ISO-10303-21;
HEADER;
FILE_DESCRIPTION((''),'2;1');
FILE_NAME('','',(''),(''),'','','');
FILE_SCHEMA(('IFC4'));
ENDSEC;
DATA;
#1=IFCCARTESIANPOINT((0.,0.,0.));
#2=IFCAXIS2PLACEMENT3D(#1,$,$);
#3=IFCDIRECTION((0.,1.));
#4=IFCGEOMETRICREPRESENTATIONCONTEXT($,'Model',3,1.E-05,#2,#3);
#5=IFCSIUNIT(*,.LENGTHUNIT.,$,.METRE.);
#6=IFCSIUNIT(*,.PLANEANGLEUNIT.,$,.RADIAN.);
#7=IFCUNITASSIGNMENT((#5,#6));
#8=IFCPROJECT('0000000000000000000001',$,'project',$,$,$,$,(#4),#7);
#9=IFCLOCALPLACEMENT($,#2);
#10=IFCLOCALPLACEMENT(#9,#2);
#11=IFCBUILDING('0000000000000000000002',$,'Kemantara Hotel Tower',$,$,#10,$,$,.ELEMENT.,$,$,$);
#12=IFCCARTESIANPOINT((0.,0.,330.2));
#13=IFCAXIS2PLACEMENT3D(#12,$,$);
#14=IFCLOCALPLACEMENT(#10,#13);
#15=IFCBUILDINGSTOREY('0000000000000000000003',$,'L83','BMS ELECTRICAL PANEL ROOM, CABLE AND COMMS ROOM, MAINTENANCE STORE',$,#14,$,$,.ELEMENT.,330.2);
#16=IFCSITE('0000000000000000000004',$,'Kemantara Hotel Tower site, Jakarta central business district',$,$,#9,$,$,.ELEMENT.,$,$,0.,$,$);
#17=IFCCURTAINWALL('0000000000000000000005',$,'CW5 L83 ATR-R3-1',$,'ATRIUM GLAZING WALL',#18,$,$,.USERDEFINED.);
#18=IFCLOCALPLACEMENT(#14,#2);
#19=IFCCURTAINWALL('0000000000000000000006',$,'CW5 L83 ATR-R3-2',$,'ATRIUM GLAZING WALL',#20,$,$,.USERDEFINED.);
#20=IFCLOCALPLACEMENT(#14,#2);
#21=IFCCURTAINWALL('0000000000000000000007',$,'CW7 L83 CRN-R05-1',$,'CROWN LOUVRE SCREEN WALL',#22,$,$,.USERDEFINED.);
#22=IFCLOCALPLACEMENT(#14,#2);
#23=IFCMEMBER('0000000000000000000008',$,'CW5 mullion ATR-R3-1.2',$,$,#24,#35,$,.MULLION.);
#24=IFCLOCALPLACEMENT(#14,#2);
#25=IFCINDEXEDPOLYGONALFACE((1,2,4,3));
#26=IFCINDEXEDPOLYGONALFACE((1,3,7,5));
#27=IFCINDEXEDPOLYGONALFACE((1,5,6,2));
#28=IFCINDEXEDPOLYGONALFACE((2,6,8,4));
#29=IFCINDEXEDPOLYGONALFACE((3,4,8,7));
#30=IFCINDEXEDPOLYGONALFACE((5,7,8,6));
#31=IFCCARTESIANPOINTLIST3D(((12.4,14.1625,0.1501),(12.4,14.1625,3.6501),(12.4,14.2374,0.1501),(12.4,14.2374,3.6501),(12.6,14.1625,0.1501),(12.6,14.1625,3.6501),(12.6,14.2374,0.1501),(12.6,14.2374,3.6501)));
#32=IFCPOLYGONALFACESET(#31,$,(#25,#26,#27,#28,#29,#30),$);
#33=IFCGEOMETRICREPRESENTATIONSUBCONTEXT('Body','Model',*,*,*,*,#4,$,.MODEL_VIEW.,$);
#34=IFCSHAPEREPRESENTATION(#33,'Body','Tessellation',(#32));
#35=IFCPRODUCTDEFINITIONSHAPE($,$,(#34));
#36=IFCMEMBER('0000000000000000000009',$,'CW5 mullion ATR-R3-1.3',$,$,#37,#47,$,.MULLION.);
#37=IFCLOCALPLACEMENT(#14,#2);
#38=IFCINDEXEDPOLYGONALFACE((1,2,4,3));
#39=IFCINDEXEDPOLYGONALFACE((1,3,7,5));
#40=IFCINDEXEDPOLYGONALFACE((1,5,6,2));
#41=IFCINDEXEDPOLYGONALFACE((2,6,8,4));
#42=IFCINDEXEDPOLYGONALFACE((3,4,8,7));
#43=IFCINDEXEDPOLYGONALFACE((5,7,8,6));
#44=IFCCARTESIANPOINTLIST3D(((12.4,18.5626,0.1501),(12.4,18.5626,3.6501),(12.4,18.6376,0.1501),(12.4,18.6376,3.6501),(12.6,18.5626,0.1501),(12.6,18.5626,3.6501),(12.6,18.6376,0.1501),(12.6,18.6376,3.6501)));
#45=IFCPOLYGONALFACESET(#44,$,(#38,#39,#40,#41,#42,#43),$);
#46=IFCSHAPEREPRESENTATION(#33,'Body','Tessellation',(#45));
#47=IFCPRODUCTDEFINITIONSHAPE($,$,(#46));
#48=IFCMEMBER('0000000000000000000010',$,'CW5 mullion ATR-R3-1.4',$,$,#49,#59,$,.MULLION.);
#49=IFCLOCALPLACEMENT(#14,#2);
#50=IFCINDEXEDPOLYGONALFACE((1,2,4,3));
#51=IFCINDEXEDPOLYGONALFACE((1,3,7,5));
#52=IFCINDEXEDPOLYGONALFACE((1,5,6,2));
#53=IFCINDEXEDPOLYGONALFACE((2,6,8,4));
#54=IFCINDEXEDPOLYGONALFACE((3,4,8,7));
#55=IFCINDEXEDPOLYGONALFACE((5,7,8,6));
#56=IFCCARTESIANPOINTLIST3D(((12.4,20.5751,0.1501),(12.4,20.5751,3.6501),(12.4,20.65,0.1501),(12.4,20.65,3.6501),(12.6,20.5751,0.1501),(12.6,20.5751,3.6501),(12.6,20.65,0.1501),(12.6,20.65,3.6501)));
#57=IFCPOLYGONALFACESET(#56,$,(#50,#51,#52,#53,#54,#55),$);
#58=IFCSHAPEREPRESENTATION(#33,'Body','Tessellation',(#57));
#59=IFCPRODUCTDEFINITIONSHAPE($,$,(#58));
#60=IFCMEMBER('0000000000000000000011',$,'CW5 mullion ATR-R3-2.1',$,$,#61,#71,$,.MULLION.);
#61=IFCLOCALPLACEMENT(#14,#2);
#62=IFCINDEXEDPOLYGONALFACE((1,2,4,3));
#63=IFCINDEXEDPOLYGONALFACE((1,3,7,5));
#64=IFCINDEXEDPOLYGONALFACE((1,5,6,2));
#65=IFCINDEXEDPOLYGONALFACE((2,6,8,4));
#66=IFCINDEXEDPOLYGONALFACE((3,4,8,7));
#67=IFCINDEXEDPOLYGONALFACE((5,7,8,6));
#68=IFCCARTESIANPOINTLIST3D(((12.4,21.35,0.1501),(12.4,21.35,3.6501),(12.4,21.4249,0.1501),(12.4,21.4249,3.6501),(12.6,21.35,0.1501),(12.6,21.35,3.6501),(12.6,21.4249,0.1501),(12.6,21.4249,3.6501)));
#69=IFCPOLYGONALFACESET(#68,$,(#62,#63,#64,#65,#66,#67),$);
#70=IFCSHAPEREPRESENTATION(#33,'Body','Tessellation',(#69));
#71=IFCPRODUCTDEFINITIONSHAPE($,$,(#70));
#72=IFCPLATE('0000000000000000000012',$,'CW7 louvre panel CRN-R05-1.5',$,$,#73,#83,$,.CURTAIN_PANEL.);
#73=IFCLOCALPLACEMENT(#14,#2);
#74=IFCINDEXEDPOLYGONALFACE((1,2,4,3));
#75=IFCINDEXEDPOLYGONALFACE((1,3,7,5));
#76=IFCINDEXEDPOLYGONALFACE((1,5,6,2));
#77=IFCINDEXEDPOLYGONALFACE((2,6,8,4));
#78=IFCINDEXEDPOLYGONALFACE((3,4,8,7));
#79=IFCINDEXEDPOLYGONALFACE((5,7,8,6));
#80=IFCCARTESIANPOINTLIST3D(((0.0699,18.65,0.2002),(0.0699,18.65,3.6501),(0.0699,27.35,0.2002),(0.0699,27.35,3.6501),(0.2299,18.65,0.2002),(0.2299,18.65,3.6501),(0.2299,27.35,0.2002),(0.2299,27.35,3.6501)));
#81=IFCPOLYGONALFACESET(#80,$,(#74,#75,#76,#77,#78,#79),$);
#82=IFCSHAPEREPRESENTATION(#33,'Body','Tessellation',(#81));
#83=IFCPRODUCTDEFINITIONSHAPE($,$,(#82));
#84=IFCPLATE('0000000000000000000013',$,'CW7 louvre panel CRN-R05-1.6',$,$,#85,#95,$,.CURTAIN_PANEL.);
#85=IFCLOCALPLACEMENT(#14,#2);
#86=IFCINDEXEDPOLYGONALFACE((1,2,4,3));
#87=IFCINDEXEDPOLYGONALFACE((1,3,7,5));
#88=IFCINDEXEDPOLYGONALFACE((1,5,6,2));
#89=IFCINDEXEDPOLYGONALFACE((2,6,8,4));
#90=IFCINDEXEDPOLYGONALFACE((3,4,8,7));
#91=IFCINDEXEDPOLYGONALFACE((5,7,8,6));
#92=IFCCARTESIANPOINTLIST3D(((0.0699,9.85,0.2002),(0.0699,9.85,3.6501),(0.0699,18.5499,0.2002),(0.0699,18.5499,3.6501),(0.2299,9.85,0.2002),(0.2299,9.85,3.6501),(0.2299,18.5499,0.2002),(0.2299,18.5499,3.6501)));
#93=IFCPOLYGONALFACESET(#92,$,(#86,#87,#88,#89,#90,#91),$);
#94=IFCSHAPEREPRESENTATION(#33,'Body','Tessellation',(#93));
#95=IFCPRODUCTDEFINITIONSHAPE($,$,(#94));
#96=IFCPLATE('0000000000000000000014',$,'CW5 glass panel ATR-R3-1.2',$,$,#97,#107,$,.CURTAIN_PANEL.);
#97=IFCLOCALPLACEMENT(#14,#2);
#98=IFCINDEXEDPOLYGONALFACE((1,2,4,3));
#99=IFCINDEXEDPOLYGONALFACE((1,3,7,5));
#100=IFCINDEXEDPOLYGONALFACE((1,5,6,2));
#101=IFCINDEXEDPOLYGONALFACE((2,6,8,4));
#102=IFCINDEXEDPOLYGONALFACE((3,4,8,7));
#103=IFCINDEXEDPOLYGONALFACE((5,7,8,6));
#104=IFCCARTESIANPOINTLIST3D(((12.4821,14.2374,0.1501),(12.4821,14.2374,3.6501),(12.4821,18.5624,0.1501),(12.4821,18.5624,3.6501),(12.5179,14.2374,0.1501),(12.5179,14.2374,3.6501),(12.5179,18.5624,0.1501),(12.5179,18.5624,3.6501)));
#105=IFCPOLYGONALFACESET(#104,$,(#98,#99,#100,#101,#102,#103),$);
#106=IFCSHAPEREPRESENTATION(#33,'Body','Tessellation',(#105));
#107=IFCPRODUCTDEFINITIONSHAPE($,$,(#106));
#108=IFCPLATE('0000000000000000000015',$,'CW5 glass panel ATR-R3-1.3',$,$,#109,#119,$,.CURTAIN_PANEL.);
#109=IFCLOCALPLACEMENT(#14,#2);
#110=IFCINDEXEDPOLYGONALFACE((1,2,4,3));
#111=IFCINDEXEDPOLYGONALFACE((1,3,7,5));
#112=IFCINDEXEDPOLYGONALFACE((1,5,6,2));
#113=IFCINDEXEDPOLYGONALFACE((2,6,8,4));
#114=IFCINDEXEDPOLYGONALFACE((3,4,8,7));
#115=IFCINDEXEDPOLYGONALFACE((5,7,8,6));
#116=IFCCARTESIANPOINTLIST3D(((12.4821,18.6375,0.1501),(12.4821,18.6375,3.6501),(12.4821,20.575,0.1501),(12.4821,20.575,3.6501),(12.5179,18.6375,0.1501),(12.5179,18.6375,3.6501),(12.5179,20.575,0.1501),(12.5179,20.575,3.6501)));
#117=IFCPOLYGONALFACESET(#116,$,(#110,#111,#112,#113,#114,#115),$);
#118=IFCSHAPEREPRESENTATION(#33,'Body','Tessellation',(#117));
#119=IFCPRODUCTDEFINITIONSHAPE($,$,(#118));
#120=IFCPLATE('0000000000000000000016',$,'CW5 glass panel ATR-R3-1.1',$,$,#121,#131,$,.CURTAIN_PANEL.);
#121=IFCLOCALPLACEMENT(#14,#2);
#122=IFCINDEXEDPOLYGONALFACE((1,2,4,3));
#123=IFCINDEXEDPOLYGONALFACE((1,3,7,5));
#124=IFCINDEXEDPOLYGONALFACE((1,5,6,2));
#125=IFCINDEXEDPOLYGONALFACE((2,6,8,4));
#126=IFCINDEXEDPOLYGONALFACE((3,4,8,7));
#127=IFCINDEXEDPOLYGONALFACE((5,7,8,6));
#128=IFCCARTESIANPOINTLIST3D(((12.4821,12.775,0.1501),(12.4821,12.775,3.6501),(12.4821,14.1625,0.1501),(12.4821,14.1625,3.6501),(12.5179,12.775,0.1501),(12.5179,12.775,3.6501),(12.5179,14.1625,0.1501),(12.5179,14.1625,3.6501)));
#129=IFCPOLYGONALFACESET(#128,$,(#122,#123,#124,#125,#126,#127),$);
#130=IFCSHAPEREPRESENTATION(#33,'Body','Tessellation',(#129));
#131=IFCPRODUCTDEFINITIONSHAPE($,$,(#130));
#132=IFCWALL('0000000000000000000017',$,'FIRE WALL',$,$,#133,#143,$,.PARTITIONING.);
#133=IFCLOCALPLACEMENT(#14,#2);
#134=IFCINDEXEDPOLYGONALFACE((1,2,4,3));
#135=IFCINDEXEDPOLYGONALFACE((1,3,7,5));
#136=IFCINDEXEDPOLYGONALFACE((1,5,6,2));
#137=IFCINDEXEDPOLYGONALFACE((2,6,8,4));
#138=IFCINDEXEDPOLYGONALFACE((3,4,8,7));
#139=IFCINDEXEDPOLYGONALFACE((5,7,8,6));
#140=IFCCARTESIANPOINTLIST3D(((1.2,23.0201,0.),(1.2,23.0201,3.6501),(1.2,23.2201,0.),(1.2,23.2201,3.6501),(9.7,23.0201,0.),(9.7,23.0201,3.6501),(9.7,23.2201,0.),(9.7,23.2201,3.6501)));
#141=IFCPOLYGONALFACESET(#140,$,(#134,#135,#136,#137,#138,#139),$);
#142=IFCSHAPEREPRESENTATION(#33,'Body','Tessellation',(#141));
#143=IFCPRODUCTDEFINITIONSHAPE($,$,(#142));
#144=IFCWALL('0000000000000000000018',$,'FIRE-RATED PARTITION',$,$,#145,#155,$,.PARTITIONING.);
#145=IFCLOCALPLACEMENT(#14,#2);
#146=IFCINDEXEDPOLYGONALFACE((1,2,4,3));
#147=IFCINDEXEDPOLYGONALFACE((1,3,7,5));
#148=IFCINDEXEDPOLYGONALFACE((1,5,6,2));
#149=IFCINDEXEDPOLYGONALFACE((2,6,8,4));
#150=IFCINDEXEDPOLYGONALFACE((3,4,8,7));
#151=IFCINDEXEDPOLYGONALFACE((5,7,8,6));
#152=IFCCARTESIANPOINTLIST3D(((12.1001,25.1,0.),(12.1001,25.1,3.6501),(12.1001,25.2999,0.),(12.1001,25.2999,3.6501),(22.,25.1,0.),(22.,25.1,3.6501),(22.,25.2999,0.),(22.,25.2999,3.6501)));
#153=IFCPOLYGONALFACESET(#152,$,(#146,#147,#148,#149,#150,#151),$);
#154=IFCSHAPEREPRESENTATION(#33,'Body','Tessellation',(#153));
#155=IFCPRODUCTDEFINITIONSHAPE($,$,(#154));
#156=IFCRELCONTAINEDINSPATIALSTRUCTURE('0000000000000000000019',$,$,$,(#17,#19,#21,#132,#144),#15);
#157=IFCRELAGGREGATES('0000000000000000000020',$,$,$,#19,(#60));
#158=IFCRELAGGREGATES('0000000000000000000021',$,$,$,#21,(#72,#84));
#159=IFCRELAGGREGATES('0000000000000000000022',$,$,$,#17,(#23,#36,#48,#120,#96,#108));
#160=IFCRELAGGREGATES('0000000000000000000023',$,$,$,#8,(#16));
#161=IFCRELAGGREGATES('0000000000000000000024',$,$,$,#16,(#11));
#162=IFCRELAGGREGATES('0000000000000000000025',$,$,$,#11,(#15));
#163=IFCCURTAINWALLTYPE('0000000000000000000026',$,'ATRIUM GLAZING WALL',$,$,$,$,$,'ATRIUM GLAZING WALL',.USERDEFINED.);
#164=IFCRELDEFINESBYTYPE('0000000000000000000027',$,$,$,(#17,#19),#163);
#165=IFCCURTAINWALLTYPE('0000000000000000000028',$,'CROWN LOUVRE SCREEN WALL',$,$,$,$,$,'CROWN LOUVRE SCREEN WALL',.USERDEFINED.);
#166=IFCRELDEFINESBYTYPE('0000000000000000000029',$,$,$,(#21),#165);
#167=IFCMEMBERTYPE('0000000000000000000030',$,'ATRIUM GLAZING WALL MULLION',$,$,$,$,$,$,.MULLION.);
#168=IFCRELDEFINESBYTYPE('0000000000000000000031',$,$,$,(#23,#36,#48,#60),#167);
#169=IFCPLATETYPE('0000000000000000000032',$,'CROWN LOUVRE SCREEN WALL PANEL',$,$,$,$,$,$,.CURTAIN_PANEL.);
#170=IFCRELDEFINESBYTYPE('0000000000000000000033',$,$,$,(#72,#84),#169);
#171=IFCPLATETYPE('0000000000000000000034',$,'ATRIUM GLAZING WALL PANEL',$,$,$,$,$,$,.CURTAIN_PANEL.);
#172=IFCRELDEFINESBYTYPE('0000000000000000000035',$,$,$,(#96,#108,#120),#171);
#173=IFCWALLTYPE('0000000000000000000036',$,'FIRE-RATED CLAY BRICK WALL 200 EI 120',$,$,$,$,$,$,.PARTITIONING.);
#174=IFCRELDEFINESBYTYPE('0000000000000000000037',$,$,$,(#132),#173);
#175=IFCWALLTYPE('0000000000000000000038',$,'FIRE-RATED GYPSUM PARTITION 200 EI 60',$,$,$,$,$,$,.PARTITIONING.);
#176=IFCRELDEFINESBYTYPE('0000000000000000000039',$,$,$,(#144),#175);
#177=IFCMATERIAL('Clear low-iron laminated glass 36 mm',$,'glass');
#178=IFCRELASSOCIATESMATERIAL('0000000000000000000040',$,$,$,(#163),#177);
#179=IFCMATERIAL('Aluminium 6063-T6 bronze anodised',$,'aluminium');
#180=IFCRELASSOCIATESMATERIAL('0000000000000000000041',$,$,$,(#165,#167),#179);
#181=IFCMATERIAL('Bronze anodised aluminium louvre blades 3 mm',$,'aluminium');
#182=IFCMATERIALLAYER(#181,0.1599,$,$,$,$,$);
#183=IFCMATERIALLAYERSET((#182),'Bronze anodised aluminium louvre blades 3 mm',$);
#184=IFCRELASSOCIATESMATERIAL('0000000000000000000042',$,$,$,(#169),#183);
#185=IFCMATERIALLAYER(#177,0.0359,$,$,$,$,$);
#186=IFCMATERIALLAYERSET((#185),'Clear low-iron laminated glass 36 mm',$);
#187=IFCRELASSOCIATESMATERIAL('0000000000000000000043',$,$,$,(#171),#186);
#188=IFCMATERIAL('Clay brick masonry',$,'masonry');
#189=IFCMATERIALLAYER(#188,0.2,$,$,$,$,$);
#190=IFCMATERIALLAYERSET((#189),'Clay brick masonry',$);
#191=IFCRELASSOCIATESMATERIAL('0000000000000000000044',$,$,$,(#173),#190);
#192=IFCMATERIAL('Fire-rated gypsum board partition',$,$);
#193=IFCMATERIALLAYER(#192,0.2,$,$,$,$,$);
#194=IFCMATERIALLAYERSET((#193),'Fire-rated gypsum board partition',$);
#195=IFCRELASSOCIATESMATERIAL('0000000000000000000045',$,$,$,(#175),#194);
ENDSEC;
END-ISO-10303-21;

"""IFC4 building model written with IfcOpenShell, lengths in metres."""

from ifc_helpers import new_model, si_unit, direction, frame, frame_2d, origin, origin_2d, place, context, subcontext, project, spatial, rectangle, extrude, source, transform, mapped, material, layer, layer_set, material_profile, profile_set, type_object, element, aggregate, save


model = new_model("IFC4")

# Units and contexts
model_context = context("Model", 3, precision=1e-05, world=origin(), true_north=direction((0.0, 1.0)))
body_context = subcontext(model_context, "Body", "Model", "MODEL_VIEW")
ifc_project = project(units=[si_unit("LENGTHUNIT", "METRE"), si_unit("PLANEANGLEUNIT", "RADIAN")], contexts=[model_context])

# Site, building, storey
site_placement = place(None, origin())
site = spatial("IfcSite", under=ifc_project, at=site_placement, Name="Kemantara Hotel Tower site, Jakarta central business district", CompositionType="ELEMENT", RefElevation=0.0)
building_placement = place(site_placement, origin())
building = spatial("IfcBuilding", under=site, at=building_placement, Name="Kemantara Hotel Tower", CompositionType="ELEMENT")
storey_placement = place(building_placement, frame((0.0, 0.0, 330.2)))
storey = spatial("IfcBuildingStorey", under=building, at=storey_placement, Name="L83", Description="BMS ELECTRICAL PANEL ROOM, CABLE AND COMMS ROOM, MAINTENANCE STORE", CompositionType="ELEMENT", Elevation=330.2)

# Curtain walls
ifc_material_1 = material(Name="Clear low-iron laminated glass 36 mm", Category="glass")
curtain_wall_type_1 = type_object("IfcCurtainWallType", Name="ATRIUM GLAZING WALL", ElementType="ATRIUM GLAZING WALL", PredefinedType="USERDEFINED", material=ifc_material_1)
curtain_wall_1_placement = place(storey_placement, origin())
curtain_wall_1 = element("IfcCurtainWall", 1, at=curtain_wall_1_placement, inside=storey, type_object=curtain_wall_type_1, Name="CW5 L83 ATR-R3-1", ObjectType="ATRIUM GLAZING WALL", PredefinedType="USERDEFINED")
ifc_material_2 = material(Name="Aluminium 6063-T6 bronze anodised", Category="aluminium")
curtain_wall_2_placement = place(storey_placement, origin())
curtain_wall_2 = element("IfcCurtainWall", 2, at=curtain_wall_2_placement, inside=storey, type_object=curtain_wall_type_1, Name="CW5 L83 ATR-R3-2", ObjectType="ATRIUM GLAZING WALL", PredefinedType="USERDEFINED")

# Curtain wall
curtain_wall_type_2 = type_object("IfcCurtainWallType", Name="CROWN LOUVRE SCREEN WALL", ElementType="CROWN LOUVRE SCREEN WALL", PredefinedType="USERDEFINED", material=ifc_material_2)
curtain_wall_3_placement = place(storey_placement, origin())
curtain_wall_3 = element("IfcCurtainWall", 3, at=curtain_wall_3_placement, inside=storey, type_object=curtain_wall_type_2, Name="CW7 L83 CRN-R05-1", ObjectType="CROWN LOUVRE SCREEN WALL", PredefinedType="USERDEFINED")

# Members
ifc_material_profile_1 = material_profile(ifc_material_2, rectangle(XDim=0.2, YDim=0.075, at=origin_2d()), Name="ATRIUM GLAZING WALL MULLION")
ifc_profile_set_1 = profile_set([ifc_material_profile_1], Name="Aluminium 6063-T6 bronze anodised")
member_type_1 = type_object("IfcMemberType", Name="ATRIUM GLAZING WALL MULLION", PredefinedType="MULLION", material=ifc_profile_set_1)
shared_shape_1 = source(origin(), body_context, "Body", "SweptSolid", [
    extrude(rectangle(XDim=0.2, YDim=0.075, at=origin_2d()), origin(), (0.0, 0.0, 1.0), 3.5),
])
member_1_placement = place(storey_placement, frame((12.5, 14.2, 0.1501), z_axis=(0.0, 0.0, 1.0), x_axis=(-1.0, 0.0, 0.0)))
member_1 = element("IfcMember", 4, at=member_1_placement, type_object=member_type_1, Name="CW5 mullion ATR-R3-1.2", PredefinedType="MULLION", context=body_context, shape_type="MappedRepresentation", body=[
    mapped(shared_shape_1, transform((0.0, 0.0, 0.0))),
])
member_2_placement = place(storey_placement, frame((12.5, 18.6001, 0.1501), z_axis=(0.0, 0.0, 1.0), x_axis=(-1.0, 0.0, 0.0)))
member_2 = element("IfcMember", 5, at=member_2_placement, type_object=member_type_1, Name="CW5 mullion ATR-R3-1.3", PredefinedType="MULLION", context=body_context, shape_type="MappedRepresentation", body=[
    mapped(shared_shape_1, transform((0.0, 0.0, 0.0))),
])
member_3_placement = place(storey_placement, frame((12.5, 20.6125, 0.1501), z_axis=(0.0, 0.0, 1.0), x_axis=(-1.0, 0.0, 0.0)))
member_3 = element("IfcMember", 6, at=member_3_placement, type_object=member_type_1, Name="CW5 mullion ATR-R3-1.4", PredefinedType="MULLION", context=body_context, shape_type="MappedRepresentation", body=[
    mapped(shared_shape_1, transform((0.0, 0.0, 0.0))),
])
member_4_placement = place(storey_placement, frame((12.5, 21.3875, 0.1501), z_axis=(0.0, 0.0, 1.0), x_axis=(-1.0, 0.0, 0.0)))
member_4 = element("IfcMember", 7, at=member_4_placement, type_object=member_type_1, Name="CW5 mullion ATR-R3-2.1", PredefinedType="MULLION", context=body_context, shape_type="MappedRepresentation", body=[
    mapped(shared_shape_1, transform((0.0, 0.0, 0.0))),
])
aggregate(curtain_wall_2, [member_4])

# Plates
ifc_material_3 = material(Name="Bronze anodised aluminium louvre blades 3 mm", Category="aluminium")
ifc_layer_1 = layer(ifc_material_3, 0.1599)
ifc_layer_set_1 = layer_set([ifc_layer_1], Name="Bronze anodised aluminium louvre blades 3 mm")
plate_type_1 = type_object("IfcPlateType", Name="CROWN LOUVRE SCREEN WALL PANEL", PredefinedType="CURTAIN_PANEL", material=ifc_layer_set_1)
shared_shape_2 = source(origin(), body_context, "Body", "SweptSolid", [
    extrude(rectangle(XDim=8.7, YDim=0.1599, at=origin_2d()), origin(), (0.0, 0.0, 1.0), 3.45),
])
plate_1_placement = place(storey_placement, frame((0.1499, 23.0, 0.2002), z_axis=(0.0, 0.0, 1.0), x_axis=(0.0, -1.0, 0.0)))
plate_1 = element("IfcPlate", 8, at=plate_1_placement, type_object=plate_type_1, Name="CW7 louvre panel CRN-R05-1.5", PredefinedType="CURTAIN_PANEL", context=body_context, shape_type="MappedRepresentation", body=[
    mapped(shared_shape_2, transform((0.0, 0.0, 0.0))),
])
plate_2_placement = place(storey_placement, frame((0.1499, 14.2, 0.2002), z_axis=(0.0, 0.0, 1.0), x_axis=(0.0, -1.0, 0.0)))
plate_2 = element("IfcPlate", 9, at=plate_2_placement, type_object=plate_type_1, Name="CW7 louvre panel CRN-R05-1.6", PredefinedType="CURTAIN_PANEL", context=body_context, shape_type="MappedRepresentation", body=[
    mapped(shared_shape_2, transform((0.0, 0.0, 0.0))),
])
aggregate(curtain_wall_3, [plate_1, plate_2])
ifc_layer_2 = layer(ifc_material_1, 0.0359)
ifc_layer_set_2 = layer_set([ifc_layer_2], Name="Clear low-iron laminated glass 36 mm")
plate_type_2 = type_object("IfcPlateType", Name="ATRIUM GLAZING WALL PANEL", PredefinedType="CURTAIN_PANEL", material=ifc_layer_set_2)
shared_shape_3 = source(origin(), body_context, "Body", "SweptSolid", [
    extrude(rectangle(XDim=4.325, YDim=0.0359, at=origin_2d()), origin(), (0.0, 0.0, 1.0), 3.5),
])
plate_3_placement = place(storey_placement, frame((12.5, 16.3999, 0.1501), z_axis=(0.0, 0.0, 1.0), x_axis=(0.0, 1.0, 0.0)))
plate_3 = element("IfcPlate", 10, at=plate_3_placement, type_object=plate_type_2, Name="CW5 glass panel ATR-R3-1.2", PredefinedType="CURTAIN_PANEL", context=body_context, shape_type="MappedRepresentation", body=[
    mapped(shared_shape_3, transform((0.0, 0.0, 0.0))),
])
shared_shape_4 = source(origin(), body_context, "Body", "SweptSolid", [
    extrude(rectangle(XDim=1.9375, YDim=0.0359, at=origin_2d()), origin(), (0.0, 0.0, 1.0), 3.5),
])
plate_4_placement = place(storey_placement, frame((12.5, 19.6062, 0.1501), z_axis=(0.0, 0.0, 1.0), x_axis=(0.0, 1.0, 0.0)))
plate_4 = element("IfcPlate", 11, at=plate_4_placement, type_object=plate_type_2, Name="CW5 glass panel ATR-R3-1.3", PredefinedType="CURTAIN_PANEL", context=body_context, shape_type="MappedRepresentation", body=[
    mapped(shared_shape_4, transform((0.0, 0.0, 0.0))),
])
shared_shape_5 = source(origin(), body_context, "Body", "SweptSolid", [
    extrude(rectangle(XDim=1.3875, YDim=0.0359, at=origin_2d()), origin(), (0.0, 0.0, 1.0), 3.5),
])
plate_5_placement = place(storey_placement, frame((12.5, 13.4688, 0.1501), z_axis=(0.0, 0.0, 1.0), x_axis=(0.0, 1.0, 0.0)))
plate_5 = element("IfcPlate", 12, at=plate_5_placement, type_object=plate_type_2, Name="CW5 glass panel ATR-R3-1.1", PredefinedType="CURTAIN_PANEL", context=body_context, shape_type="MappedRepresentation", body=[
    mapped(shared_shape_5, transform((0.0, 0.0, 0.0))),
])
aggregate(curtain_wall_1, [member_1, member_2, member_3, plate_5, plate_3, plate_4])

# Walls
ifc_material_4 = material(Name="Clay brick masonry", Category="masonry")
ifc_layer_3 = layer(ifc_material_4, 0.2)
ifc_layer_set_3 = layer_set([ifc_layer_3], Name="Clay brick masonry")
wall_type_1 = type_object("IfcWallType", Name="FIRE-RATED CLAY BRICK WALL 200 EI 120", PredefinedType="PARTITIONING", material=ifc_layer_set_3)
wall_1_placement = place(storey_placement, frame((1.2, 23.1201, 0.0), z_axis=(0.0, 0.0, 1.0), x_axis=(1.0, 0.0, 0.0)))
element("IfcWall", 13, at=wall_1_placement, inside=storey, type_object=wall_type_1, Name="FIRE WALL", PredefinedType="PARTITIONING", context=body_context, shape_type="SweptSolid", body=[
    extrude(rectangle(XDim=8.5, YDim=0.2, at=frame_2d((4.25, 0.0))), origin(), (0.0, 0.0, 1.0), 3.6501),
])
ifc_material_5 = material(Name="Fire-rated gypsum board partition")
ifc_layer_4 = layer(ifc_material_5, 0.2)
ifc_layer_set_4 = layer_set([ifc_layer_4], Name="Fire-rated gypsum board partition")
wall_type_2 = type_object("IfcWallType", Name="FIRE-RATED GYPSUM PARTITION 200 EI 60", PredefinedType="PARTITIONING", material=ifc_layer_set_4)
wall_2_placement = place(storey_placement, frame((12.1001, 25.2, 0.0), z_axis=(0.0, 0.0, 1.0), x_axis=(1.0, 0.0, 0.0)))
element("IfcWall", 14, at=wall_2_placement, inside=storey, type_object=wall_type_2, Name="FIRE-RATED PARTITION", PredefinedType="PARTITIONING", context=body_context, shape_type="SweptSolid", body=[
    extrude(rectangle(XDim=9.8999, YDim=0.2, at=frame_2d((4.95, 0.0))), origin(), (0.0, 0.0, 1.0), 3.6501),
])

save(model, "model.ifc")
